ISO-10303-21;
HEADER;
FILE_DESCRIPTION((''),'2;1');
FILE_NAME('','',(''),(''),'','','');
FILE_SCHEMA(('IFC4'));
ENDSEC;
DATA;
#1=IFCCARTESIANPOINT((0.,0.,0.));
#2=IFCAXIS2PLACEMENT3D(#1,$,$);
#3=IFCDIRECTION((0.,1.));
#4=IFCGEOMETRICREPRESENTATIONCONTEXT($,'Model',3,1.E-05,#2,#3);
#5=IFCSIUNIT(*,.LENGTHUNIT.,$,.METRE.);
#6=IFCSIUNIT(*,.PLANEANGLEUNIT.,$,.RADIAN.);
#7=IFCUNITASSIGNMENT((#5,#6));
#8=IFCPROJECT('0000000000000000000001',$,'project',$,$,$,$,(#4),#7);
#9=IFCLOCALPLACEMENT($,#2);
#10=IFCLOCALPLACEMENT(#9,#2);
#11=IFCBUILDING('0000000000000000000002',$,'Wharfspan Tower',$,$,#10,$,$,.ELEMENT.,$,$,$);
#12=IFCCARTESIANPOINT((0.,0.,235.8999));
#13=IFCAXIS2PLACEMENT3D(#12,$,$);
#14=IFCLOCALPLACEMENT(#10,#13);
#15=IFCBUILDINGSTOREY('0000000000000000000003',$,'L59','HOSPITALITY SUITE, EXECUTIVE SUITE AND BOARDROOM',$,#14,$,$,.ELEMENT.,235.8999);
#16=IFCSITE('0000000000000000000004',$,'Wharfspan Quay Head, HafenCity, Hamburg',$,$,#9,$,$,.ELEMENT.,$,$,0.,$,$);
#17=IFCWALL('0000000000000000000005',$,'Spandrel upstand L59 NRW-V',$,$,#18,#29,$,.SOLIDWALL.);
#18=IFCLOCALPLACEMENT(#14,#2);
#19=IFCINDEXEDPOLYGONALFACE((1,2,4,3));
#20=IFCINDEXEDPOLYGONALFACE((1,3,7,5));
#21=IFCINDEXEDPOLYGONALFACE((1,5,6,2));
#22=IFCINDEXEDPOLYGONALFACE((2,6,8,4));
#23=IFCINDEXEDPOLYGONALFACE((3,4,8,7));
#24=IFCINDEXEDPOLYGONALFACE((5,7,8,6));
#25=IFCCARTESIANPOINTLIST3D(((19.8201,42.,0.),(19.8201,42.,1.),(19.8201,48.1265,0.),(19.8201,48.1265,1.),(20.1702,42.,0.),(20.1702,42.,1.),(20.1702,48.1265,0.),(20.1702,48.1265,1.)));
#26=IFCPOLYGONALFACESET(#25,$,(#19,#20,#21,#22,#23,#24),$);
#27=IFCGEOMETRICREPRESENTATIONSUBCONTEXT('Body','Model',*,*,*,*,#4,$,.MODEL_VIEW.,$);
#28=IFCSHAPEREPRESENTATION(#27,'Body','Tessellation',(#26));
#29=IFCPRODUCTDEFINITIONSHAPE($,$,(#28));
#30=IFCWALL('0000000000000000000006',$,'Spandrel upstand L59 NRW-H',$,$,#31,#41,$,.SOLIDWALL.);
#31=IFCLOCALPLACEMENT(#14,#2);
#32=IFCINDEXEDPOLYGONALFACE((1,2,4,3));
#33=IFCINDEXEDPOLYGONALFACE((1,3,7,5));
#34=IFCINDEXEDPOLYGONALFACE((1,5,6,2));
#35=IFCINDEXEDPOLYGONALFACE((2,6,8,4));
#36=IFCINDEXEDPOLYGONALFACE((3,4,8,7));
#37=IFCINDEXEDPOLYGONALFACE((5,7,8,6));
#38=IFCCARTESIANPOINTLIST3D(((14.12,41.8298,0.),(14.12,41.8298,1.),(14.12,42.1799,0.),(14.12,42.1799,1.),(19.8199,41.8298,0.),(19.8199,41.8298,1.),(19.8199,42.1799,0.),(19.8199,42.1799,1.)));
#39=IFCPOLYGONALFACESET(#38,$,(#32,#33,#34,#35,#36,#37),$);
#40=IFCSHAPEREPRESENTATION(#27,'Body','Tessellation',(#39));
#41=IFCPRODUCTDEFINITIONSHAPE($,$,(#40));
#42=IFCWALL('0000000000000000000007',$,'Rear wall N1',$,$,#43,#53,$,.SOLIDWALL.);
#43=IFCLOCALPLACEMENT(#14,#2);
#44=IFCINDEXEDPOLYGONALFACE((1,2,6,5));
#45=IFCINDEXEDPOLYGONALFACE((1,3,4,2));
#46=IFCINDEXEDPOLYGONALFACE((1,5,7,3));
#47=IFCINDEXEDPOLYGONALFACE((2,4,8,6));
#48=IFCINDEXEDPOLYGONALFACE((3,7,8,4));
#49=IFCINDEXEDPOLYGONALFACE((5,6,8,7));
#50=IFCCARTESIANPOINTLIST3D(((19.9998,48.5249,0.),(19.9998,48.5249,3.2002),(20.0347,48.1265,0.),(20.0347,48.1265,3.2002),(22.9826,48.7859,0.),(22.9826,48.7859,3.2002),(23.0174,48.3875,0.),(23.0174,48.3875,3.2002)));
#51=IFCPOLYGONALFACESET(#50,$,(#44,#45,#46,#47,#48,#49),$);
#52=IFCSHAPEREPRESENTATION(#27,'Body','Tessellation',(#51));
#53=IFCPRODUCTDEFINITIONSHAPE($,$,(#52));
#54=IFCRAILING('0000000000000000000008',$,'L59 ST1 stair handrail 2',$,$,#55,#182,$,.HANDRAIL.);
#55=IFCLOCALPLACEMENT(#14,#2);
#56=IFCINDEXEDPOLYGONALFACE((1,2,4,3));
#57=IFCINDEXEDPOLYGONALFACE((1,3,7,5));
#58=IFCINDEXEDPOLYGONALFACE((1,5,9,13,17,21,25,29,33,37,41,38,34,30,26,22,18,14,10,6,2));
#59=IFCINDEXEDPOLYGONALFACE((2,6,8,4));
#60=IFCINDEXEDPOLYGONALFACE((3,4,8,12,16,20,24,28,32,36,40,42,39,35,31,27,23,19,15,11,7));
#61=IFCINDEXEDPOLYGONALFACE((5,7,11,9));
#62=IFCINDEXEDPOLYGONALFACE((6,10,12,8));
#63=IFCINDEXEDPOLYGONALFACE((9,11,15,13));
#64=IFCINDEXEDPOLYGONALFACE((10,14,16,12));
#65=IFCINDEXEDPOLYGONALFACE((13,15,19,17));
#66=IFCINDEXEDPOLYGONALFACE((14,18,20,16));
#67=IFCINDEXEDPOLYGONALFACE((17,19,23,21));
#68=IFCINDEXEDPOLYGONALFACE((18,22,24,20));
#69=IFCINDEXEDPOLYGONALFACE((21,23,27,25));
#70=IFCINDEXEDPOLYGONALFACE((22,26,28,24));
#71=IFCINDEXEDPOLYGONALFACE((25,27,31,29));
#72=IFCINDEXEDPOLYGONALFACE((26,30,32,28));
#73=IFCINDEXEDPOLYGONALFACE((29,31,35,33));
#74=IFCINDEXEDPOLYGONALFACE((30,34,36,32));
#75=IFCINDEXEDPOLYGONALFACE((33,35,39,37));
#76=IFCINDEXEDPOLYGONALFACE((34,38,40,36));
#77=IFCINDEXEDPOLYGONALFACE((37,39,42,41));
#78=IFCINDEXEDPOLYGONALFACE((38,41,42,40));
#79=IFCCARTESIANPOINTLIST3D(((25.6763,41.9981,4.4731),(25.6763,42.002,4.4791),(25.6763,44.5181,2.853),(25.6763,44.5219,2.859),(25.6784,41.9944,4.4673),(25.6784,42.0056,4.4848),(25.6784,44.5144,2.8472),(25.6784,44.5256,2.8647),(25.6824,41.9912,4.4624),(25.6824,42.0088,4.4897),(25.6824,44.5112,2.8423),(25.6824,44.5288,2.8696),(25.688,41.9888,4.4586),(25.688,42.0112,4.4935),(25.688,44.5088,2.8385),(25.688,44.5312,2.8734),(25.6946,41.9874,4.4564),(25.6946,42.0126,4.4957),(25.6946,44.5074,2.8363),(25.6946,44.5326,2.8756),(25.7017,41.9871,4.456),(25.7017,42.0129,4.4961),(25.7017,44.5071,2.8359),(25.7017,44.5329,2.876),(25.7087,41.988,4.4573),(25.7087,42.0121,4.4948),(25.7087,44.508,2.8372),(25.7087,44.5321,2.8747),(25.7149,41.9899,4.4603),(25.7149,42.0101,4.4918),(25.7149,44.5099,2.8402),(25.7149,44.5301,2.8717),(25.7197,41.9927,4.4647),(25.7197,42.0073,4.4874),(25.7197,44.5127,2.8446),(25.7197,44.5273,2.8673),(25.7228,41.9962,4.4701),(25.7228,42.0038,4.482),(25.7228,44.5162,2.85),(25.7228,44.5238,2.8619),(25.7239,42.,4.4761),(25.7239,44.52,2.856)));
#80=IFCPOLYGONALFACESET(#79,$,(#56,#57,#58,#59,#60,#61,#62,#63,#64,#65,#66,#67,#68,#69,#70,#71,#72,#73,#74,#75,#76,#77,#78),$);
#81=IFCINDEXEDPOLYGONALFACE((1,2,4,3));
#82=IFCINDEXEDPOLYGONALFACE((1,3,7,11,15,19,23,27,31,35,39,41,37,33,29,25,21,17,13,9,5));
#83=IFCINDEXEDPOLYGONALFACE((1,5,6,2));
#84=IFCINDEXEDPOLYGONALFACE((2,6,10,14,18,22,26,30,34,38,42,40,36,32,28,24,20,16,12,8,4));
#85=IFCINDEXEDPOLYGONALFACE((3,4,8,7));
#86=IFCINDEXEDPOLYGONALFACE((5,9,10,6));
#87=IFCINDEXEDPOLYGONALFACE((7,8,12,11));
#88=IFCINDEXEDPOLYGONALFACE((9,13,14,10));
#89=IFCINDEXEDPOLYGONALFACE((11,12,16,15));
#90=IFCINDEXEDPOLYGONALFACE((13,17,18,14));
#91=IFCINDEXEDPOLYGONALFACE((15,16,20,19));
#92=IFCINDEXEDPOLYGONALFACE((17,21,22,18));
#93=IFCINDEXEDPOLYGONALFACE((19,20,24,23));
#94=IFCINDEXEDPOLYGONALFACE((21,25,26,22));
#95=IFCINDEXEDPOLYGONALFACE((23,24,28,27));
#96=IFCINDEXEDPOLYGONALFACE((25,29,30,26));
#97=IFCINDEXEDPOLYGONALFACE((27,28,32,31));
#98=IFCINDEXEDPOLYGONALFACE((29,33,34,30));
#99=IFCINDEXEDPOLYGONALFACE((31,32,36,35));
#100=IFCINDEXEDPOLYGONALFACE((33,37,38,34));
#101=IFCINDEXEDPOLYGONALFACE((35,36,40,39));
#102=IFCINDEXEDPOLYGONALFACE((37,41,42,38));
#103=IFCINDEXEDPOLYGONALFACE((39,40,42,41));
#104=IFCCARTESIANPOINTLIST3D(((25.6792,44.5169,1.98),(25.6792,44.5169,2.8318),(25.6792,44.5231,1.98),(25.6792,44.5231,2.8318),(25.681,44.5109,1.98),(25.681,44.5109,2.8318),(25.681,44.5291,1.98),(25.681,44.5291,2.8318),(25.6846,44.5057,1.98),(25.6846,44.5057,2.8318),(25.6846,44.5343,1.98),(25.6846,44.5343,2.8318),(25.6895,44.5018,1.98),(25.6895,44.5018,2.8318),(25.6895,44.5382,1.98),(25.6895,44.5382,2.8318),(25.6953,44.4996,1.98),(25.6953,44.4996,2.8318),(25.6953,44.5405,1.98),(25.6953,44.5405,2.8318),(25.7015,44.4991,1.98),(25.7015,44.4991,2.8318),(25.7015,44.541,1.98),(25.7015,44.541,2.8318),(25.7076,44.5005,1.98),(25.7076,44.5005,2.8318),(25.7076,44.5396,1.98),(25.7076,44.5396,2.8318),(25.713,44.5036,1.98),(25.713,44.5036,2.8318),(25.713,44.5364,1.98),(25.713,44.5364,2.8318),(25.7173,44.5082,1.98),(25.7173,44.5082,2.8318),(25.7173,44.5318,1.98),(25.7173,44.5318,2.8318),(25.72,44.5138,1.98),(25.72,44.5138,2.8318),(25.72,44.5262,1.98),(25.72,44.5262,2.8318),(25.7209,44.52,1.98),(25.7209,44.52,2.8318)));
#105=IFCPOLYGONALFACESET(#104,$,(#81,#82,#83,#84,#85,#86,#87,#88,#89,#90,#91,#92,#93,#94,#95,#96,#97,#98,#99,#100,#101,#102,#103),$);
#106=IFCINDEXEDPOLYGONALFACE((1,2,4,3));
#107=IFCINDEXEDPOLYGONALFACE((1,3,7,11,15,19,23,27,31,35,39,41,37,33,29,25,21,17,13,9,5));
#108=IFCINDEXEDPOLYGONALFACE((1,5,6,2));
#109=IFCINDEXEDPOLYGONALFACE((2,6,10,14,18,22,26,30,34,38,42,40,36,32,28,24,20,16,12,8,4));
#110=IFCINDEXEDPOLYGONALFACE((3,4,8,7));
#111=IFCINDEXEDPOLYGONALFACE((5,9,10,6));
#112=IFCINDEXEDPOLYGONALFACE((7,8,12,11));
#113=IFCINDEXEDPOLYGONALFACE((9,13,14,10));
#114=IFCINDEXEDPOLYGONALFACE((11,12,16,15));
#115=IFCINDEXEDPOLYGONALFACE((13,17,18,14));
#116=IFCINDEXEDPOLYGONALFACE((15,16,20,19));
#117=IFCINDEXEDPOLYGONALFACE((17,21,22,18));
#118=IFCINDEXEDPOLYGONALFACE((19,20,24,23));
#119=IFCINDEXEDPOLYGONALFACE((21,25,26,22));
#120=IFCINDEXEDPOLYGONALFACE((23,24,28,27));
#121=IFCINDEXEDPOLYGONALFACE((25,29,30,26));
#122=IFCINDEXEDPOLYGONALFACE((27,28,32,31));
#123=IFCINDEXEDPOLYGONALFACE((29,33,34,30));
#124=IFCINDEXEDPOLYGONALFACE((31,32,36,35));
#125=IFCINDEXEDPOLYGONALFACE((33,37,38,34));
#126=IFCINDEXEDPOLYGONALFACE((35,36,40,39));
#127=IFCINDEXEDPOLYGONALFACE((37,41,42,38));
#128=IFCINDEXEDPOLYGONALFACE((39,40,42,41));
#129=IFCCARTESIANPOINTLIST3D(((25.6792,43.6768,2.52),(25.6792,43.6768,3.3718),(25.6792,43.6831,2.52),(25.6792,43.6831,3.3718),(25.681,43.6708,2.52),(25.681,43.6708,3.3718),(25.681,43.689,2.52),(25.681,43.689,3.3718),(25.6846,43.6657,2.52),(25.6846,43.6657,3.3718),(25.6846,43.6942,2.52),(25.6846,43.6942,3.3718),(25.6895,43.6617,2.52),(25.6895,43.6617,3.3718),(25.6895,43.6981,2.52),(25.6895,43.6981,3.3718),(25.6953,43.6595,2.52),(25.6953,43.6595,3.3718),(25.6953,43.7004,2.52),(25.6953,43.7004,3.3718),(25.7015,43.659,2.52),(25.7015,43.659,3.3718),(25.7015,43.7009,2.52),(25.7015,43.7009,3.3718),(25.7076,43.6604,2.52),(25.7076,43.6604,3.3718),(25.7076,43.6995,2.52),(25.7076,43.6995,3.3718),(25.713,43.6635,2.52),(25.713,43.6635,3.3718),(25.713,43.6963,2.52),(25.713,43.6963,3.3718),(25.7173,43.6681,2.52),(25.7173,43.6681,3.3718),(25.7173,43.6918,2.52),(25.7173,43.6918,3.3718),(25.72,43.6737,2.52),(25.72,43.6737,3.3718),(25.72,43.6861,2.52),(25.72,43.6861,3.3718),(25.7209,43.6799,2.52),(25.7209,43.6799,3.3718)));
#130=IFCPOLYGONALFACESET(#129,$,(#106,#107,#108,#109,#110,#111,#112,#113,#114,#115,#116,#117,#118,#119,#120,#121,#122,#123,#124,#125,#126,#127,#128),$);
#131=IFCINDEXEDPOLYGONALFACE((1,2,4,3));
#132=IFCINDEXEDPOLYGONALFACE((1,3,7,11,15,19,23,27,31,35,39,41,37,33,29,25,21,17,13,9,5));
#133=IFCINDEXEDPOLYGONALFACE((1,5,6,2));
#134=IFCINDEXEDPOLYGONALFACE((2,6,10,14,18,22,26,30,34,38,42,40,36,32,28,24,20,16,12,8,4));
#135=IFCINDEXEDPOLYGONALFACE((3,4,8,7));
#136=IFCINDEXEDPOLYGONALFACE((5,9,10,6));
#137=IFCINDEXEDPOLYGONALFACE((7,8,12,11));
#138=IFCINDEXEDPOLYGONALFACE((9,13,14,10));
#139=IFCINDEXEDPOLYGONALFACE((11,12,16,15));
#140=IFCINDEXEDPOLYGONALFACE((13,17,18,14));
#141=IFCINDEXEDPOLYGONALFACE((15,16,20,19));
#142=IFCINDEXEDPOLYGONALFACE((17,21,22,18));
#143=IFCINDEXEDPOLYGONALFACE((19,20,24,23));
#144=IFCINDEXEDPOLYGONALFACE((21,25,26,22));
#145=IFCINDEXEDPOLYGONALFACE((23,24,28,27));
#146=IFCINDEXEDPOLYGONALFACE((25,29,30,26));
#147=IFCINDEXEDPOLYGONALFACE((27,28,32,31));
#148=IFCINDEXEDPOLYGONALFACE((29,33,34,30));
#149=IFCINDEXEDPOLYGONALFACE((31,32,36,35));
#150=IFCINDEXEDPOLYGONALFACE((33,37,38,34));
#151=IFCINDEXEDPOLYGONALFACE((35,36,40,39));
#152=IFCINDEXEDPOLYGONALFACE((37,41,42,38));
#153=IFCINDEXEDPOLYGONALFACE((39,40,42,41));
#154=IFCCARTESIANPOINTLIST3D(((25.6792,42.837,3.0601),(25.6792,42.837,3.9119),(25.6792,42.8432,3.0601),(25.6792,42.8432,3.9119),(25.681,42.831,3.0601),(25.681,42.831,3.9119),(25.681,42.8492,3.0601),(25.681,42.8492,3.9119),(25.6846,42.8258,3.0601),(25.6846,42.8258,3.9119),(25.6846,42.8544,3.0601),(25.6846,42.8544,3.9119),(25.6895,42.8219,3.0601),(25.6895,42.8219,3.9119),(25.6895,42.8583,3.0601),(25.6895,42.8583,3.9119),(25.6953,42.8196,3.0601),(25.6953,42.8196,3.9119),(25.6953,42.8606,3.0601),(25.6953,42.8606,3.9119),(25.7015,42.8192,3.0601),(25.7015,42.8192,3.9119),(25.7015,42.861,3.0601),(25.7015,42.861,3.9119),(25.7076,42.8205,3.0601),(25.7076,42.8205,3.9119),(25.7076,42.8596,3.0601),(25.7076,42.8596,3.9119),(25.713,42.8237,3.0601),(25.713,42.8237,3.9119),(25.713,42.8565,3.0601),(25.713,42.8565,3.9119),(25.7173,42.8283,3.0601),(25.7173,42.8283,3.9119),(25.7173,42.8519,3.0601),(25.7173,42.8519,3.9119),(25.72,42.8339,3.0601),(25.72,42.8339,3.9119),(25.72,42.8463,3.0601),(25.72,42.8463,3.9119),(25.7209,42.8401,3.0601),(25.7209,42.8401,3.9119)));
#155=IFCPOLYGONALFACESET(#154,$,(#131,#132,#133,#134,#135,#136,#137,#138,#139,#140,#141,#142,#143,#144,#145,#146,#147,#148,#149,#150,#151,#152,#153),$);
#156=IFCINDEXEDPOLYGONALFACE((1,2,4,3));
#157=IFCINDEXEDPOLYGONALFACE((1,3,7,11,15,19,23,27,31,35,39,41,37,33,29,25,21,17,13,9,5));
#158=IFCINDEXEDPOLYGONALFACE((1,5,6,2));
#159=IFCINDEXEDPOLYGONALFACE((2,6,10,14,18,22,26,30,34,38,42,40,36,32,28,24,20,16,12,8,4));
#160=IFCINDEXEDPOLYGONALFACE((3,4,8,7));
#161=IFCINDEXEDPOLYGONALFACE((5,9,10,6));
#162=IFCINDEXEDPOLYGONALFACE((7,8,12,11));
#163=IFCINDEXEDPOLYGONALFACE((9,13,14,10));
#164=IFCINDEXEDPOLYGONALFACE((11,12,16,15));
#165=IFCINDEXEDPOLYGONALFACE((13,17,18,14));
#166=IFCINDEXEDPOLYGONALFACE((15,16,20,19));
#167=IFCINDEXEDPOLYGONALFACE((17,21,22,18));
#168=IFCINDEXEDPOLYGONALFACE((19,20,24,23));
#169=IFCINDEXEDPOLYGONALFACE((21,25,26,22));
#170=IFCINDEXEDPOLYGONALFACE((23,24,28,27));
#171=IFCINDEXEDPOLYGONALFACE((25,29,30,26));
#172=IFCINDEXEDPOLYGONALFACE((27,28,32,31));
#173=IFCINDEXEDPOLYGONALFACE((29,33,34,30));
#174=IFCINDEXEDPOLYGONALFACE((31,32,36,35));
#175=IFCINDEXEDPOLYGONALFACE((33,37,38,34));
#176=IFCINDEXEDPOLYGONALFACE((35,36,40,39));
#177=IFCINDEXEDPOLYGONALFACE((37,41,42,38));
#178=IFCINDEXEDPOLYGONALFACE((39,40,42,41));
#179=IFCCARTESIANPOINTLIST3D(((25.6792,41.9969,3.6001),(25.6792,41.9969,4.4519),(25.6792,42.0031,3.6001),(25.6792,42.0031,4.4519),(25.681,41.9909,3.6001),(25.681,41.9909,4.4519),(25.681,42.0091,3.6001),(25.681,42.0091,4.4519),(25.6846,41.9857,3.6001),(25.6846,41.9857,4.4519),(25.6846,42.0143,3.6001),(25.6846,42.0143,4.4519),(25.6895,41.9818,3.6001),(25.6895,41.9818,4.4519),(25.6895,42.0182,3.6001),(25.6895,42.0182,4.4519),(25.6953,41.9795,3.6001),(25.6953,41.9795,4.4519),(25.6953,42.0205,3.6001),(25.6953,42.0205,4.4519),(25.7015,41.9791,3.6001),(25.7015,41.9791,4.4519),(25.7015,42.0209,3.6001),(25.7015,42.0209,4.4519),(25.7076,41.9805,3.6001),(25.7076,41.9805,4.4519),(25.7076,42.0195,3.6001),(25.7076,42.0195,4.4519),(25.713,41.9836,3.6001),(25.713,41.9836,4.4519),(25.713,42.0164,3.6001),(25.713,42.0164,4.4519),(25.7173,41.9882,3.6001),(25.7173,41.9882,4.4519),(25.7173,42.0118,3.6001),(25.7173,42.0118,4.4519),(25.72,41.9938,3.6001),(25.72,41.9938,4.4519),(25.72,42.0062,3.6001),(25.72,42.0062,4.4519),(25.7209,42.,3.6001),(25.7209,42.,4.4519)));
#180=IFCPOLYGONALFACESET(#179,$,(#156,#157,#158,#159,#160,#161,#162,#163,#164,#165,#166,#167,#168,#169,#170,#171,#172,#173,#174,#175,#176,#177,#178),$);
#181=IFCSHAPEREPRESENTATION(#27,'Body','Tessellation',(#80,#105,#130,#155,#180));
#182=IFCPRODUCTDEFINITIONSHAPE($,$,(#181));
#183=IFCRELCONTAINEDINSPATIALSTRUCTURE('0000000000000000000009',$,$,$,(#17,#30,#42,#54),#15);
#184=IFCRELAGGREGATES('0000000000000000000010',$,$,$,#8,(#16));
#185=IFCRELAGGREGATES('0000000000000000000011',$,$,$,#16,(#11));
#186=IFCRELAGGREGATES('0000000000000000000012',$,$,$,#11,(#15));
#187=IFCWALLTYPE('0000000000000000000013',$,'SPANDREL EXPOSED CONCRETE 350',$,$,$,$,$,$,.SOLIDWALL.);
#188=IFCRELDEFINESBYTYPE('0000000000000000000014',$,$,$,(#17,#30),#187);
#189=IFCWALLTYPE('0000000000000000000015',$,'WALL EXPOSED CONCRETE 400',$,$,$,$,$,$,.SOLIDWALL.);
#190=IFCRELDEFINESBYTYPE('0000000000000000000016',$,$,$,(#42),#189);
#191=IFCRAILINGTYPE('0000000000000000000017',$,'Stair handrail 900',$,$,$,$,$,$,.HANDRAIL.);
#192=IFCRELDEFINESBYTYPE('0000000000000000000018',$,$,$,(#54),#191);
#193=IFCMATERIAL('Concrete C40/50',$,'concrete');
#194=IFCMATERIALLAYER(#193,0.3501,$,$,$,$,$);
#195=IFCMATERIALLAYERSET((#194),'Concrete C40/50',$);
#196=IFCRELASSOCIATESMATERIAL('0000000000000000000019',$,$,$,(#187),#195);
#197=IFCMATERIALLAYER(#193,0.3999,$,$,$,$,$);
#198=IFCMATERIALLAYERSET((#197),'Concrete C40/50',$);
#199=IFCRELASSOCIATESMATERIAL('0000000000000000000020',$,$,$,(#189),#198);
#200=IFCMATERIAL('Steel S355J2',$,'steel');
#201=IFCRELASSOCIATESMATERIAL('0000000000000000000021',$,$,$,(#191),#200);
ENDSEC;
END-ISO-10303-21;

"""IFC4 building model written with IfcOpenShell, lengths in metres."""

from ifc_helpers import new_model, si_unit, direction, frame, frame_2d, origin, origin_2d, place, context, subcontext, project, spatial, rectangle, circle, extrude, material, layer, layer_set, type_object, element, save


model = new_model("IFC4")

# Units and contexts
model_context = context("Model", 3, precision=1e-05, world=origin(), true_north=direction((0.0, 1.0)))
body_context = subcontext(model_context, "Body", "Model", "MODEL_VIEW")
ifc_project = project(units=[si_unit("LENGTHUNIT", "METRE"), si_unit("PLANEANGLEUNIT", "RADIAN")], contexts=[model_context])

# Site, building, storey
site_placement = place(None, origin())
site = spatial("IfcSite", under=ifc_project, at=site_placement, Name="Wharfspan Quay Head, HafenCity, Hamburg", CompositionType="ELEMENT", RefElevation=0.0)
building_placement = place(site_placement, origin())
building = spatial("IfcBuilding", under=site, at=building_placement, Name="Wharfspan Tower", CompositionType="ELEMENT")
storey_placement = place(building_placement, frame((0.0, 0.0, 235.8999)))
storey = spatial("IfcBuildingStorey", under=building, at=storey_placement, Name="L59", Description="HOSPITALITY SUITE, EXECUTIVE SUITE AND BOARDROOM", CompositionType="ELEMENT", Elevation=235.8999)

# Shared definitions
ifc_material_1 = material(Name="Steel S355J2", Category="steel")

# Walls
ifc_material_2 = material(Name="Concrete C40/50", Category="concrete")
ifc_layer_1 = layer(ifc_material_2, 0.3501)
ifc_layer_set_1 = layer_set([ifc_layer_1], Name="Concrete C40/50")
wall_type_1 = type_object("IfcWallType", Name="SPANDREL EXPOSED CONCRETE 350", PredefinedType="SOLIDWALL", material=ifc_layer_set_1)
wall_1_placement = place(storey_placement, frame((19.9951, 48.1265, 0.0), z_axis=(0.0, 0.0, 1.0), x_axis=(0.0, -1.0, 0.0)))
element("IfcWall", 1, at=wall_1_placement, inside=storey, type_object=wall_type_1, Name="Spandrel upstand L59 NRW-V", PredefinedType="SOLIDWALL", context=body_context, shape_type="SweptSolid", body=[
    extrude(rectangle(XDim=6.1265, YDim=0.3501, at=frame_2d((3.0632, 0.0))), origin(), (0.0, 0.0, 1.0), 1.0),
])
wall_2_placement = place(storey_placement, frame((19.8201, 42.0049, 0.0), z_axis=(0.0, 0.0, 1.0), x_axis=(-1.0, 0.0, 0.0)))
element("IfcWall", 2, at=wall_2_placement, inside=storey, type_object=wall_type_1, Name="Spandrel upstand L59 NRW-H", PredefinedType="SOLIDWALL", context=body_context, shape_type="SweptSolid", body=[
    extrude(rectangle(XDim=5.7, YDim=0.3501, at=frame_2d((2.8501, 0.0))), origin(), (0.0, 0.0, 1.0), 1.0),
])
ifc_layer_2 = layer(ifc_material_2, 0.3999)
ifc_layer_set_2 = layer_set([ifc_layer_2], Name="Concrete C40/50")
wall_type_2 = type_object("IfcWallType", Name="WALL EXPOSED CONCRETE 400", PredefinedType="SOLIDWALL", material=ifc_layer_set_2)
wall_3_placement = place(storey_placement, frame((23.0, 48.5867, 0.0), z_axis=(0.0, 0.0, 1.0), x_axis=(-0.996194, -0.087168, 0.0)))
element("IfcWall", 3, at=wall_3_placement, inside=storey, type_object=wall_type_2, Name="Rear wall N1", PredefinedType="SOLIDWALL", context=body_context, shape_type="SweptSolid", body=[
    extrude(rectangle(XDim=2.9941, YDim=0.3999, at=frame_2d((1.4971, 0.0))), origin(), (0.0, 0.0, 1.0), 3.2002),
])

# Railing
railing_type = type_object("IfcRailingType", Name="Stair handrail 900", PredefinedType="HANDRAIL", material=ifc_material_1)
railing_placement = place(storey_placement, frame((25.7, 44.52, 1.98)))
element("IfcRailing", 4, at=railing_placement, inside=storey, type_object=railing_type, Name="L59 ST1 stair handrail 2", PredefinedType="HANDRAIL", context=body_context, shape_type="SweptSolid", body=[
    extrude(circle(Radius=0.0239, at=origin_2d()), frame((0.0, 0.0, 0.876), z_axis=(0.0, -0.841163, 0.540782), x_axis=(1.0, 0.0, 0.0)), (0.0, 0.0, 1.0), 2.9958),
    extrude(circle(Radius=0.021, at=origin_2d()), origin(), (0.0, 0.0, 1.0), 0.8518),
    extrude(circle(Radius=0.021, at=origin_2d()), frame((0.0, -0.8401, 0.54)), (0.0, 0.0, 1.0), 0.8518),
    extrude(circle(Radius=0.021, at=origin_2d()), frame((0.0, -1.6799, 1.0801)), (0.0, 0.0, 1.0), 0.8518),
    extrude(circle(Radius=0.021, at=origin_2d()), frame((0.0, -2.52, 1.6201)), (0.0, 0.0, 1.0), 0.8518),
])

save(model, "model.ifc")
